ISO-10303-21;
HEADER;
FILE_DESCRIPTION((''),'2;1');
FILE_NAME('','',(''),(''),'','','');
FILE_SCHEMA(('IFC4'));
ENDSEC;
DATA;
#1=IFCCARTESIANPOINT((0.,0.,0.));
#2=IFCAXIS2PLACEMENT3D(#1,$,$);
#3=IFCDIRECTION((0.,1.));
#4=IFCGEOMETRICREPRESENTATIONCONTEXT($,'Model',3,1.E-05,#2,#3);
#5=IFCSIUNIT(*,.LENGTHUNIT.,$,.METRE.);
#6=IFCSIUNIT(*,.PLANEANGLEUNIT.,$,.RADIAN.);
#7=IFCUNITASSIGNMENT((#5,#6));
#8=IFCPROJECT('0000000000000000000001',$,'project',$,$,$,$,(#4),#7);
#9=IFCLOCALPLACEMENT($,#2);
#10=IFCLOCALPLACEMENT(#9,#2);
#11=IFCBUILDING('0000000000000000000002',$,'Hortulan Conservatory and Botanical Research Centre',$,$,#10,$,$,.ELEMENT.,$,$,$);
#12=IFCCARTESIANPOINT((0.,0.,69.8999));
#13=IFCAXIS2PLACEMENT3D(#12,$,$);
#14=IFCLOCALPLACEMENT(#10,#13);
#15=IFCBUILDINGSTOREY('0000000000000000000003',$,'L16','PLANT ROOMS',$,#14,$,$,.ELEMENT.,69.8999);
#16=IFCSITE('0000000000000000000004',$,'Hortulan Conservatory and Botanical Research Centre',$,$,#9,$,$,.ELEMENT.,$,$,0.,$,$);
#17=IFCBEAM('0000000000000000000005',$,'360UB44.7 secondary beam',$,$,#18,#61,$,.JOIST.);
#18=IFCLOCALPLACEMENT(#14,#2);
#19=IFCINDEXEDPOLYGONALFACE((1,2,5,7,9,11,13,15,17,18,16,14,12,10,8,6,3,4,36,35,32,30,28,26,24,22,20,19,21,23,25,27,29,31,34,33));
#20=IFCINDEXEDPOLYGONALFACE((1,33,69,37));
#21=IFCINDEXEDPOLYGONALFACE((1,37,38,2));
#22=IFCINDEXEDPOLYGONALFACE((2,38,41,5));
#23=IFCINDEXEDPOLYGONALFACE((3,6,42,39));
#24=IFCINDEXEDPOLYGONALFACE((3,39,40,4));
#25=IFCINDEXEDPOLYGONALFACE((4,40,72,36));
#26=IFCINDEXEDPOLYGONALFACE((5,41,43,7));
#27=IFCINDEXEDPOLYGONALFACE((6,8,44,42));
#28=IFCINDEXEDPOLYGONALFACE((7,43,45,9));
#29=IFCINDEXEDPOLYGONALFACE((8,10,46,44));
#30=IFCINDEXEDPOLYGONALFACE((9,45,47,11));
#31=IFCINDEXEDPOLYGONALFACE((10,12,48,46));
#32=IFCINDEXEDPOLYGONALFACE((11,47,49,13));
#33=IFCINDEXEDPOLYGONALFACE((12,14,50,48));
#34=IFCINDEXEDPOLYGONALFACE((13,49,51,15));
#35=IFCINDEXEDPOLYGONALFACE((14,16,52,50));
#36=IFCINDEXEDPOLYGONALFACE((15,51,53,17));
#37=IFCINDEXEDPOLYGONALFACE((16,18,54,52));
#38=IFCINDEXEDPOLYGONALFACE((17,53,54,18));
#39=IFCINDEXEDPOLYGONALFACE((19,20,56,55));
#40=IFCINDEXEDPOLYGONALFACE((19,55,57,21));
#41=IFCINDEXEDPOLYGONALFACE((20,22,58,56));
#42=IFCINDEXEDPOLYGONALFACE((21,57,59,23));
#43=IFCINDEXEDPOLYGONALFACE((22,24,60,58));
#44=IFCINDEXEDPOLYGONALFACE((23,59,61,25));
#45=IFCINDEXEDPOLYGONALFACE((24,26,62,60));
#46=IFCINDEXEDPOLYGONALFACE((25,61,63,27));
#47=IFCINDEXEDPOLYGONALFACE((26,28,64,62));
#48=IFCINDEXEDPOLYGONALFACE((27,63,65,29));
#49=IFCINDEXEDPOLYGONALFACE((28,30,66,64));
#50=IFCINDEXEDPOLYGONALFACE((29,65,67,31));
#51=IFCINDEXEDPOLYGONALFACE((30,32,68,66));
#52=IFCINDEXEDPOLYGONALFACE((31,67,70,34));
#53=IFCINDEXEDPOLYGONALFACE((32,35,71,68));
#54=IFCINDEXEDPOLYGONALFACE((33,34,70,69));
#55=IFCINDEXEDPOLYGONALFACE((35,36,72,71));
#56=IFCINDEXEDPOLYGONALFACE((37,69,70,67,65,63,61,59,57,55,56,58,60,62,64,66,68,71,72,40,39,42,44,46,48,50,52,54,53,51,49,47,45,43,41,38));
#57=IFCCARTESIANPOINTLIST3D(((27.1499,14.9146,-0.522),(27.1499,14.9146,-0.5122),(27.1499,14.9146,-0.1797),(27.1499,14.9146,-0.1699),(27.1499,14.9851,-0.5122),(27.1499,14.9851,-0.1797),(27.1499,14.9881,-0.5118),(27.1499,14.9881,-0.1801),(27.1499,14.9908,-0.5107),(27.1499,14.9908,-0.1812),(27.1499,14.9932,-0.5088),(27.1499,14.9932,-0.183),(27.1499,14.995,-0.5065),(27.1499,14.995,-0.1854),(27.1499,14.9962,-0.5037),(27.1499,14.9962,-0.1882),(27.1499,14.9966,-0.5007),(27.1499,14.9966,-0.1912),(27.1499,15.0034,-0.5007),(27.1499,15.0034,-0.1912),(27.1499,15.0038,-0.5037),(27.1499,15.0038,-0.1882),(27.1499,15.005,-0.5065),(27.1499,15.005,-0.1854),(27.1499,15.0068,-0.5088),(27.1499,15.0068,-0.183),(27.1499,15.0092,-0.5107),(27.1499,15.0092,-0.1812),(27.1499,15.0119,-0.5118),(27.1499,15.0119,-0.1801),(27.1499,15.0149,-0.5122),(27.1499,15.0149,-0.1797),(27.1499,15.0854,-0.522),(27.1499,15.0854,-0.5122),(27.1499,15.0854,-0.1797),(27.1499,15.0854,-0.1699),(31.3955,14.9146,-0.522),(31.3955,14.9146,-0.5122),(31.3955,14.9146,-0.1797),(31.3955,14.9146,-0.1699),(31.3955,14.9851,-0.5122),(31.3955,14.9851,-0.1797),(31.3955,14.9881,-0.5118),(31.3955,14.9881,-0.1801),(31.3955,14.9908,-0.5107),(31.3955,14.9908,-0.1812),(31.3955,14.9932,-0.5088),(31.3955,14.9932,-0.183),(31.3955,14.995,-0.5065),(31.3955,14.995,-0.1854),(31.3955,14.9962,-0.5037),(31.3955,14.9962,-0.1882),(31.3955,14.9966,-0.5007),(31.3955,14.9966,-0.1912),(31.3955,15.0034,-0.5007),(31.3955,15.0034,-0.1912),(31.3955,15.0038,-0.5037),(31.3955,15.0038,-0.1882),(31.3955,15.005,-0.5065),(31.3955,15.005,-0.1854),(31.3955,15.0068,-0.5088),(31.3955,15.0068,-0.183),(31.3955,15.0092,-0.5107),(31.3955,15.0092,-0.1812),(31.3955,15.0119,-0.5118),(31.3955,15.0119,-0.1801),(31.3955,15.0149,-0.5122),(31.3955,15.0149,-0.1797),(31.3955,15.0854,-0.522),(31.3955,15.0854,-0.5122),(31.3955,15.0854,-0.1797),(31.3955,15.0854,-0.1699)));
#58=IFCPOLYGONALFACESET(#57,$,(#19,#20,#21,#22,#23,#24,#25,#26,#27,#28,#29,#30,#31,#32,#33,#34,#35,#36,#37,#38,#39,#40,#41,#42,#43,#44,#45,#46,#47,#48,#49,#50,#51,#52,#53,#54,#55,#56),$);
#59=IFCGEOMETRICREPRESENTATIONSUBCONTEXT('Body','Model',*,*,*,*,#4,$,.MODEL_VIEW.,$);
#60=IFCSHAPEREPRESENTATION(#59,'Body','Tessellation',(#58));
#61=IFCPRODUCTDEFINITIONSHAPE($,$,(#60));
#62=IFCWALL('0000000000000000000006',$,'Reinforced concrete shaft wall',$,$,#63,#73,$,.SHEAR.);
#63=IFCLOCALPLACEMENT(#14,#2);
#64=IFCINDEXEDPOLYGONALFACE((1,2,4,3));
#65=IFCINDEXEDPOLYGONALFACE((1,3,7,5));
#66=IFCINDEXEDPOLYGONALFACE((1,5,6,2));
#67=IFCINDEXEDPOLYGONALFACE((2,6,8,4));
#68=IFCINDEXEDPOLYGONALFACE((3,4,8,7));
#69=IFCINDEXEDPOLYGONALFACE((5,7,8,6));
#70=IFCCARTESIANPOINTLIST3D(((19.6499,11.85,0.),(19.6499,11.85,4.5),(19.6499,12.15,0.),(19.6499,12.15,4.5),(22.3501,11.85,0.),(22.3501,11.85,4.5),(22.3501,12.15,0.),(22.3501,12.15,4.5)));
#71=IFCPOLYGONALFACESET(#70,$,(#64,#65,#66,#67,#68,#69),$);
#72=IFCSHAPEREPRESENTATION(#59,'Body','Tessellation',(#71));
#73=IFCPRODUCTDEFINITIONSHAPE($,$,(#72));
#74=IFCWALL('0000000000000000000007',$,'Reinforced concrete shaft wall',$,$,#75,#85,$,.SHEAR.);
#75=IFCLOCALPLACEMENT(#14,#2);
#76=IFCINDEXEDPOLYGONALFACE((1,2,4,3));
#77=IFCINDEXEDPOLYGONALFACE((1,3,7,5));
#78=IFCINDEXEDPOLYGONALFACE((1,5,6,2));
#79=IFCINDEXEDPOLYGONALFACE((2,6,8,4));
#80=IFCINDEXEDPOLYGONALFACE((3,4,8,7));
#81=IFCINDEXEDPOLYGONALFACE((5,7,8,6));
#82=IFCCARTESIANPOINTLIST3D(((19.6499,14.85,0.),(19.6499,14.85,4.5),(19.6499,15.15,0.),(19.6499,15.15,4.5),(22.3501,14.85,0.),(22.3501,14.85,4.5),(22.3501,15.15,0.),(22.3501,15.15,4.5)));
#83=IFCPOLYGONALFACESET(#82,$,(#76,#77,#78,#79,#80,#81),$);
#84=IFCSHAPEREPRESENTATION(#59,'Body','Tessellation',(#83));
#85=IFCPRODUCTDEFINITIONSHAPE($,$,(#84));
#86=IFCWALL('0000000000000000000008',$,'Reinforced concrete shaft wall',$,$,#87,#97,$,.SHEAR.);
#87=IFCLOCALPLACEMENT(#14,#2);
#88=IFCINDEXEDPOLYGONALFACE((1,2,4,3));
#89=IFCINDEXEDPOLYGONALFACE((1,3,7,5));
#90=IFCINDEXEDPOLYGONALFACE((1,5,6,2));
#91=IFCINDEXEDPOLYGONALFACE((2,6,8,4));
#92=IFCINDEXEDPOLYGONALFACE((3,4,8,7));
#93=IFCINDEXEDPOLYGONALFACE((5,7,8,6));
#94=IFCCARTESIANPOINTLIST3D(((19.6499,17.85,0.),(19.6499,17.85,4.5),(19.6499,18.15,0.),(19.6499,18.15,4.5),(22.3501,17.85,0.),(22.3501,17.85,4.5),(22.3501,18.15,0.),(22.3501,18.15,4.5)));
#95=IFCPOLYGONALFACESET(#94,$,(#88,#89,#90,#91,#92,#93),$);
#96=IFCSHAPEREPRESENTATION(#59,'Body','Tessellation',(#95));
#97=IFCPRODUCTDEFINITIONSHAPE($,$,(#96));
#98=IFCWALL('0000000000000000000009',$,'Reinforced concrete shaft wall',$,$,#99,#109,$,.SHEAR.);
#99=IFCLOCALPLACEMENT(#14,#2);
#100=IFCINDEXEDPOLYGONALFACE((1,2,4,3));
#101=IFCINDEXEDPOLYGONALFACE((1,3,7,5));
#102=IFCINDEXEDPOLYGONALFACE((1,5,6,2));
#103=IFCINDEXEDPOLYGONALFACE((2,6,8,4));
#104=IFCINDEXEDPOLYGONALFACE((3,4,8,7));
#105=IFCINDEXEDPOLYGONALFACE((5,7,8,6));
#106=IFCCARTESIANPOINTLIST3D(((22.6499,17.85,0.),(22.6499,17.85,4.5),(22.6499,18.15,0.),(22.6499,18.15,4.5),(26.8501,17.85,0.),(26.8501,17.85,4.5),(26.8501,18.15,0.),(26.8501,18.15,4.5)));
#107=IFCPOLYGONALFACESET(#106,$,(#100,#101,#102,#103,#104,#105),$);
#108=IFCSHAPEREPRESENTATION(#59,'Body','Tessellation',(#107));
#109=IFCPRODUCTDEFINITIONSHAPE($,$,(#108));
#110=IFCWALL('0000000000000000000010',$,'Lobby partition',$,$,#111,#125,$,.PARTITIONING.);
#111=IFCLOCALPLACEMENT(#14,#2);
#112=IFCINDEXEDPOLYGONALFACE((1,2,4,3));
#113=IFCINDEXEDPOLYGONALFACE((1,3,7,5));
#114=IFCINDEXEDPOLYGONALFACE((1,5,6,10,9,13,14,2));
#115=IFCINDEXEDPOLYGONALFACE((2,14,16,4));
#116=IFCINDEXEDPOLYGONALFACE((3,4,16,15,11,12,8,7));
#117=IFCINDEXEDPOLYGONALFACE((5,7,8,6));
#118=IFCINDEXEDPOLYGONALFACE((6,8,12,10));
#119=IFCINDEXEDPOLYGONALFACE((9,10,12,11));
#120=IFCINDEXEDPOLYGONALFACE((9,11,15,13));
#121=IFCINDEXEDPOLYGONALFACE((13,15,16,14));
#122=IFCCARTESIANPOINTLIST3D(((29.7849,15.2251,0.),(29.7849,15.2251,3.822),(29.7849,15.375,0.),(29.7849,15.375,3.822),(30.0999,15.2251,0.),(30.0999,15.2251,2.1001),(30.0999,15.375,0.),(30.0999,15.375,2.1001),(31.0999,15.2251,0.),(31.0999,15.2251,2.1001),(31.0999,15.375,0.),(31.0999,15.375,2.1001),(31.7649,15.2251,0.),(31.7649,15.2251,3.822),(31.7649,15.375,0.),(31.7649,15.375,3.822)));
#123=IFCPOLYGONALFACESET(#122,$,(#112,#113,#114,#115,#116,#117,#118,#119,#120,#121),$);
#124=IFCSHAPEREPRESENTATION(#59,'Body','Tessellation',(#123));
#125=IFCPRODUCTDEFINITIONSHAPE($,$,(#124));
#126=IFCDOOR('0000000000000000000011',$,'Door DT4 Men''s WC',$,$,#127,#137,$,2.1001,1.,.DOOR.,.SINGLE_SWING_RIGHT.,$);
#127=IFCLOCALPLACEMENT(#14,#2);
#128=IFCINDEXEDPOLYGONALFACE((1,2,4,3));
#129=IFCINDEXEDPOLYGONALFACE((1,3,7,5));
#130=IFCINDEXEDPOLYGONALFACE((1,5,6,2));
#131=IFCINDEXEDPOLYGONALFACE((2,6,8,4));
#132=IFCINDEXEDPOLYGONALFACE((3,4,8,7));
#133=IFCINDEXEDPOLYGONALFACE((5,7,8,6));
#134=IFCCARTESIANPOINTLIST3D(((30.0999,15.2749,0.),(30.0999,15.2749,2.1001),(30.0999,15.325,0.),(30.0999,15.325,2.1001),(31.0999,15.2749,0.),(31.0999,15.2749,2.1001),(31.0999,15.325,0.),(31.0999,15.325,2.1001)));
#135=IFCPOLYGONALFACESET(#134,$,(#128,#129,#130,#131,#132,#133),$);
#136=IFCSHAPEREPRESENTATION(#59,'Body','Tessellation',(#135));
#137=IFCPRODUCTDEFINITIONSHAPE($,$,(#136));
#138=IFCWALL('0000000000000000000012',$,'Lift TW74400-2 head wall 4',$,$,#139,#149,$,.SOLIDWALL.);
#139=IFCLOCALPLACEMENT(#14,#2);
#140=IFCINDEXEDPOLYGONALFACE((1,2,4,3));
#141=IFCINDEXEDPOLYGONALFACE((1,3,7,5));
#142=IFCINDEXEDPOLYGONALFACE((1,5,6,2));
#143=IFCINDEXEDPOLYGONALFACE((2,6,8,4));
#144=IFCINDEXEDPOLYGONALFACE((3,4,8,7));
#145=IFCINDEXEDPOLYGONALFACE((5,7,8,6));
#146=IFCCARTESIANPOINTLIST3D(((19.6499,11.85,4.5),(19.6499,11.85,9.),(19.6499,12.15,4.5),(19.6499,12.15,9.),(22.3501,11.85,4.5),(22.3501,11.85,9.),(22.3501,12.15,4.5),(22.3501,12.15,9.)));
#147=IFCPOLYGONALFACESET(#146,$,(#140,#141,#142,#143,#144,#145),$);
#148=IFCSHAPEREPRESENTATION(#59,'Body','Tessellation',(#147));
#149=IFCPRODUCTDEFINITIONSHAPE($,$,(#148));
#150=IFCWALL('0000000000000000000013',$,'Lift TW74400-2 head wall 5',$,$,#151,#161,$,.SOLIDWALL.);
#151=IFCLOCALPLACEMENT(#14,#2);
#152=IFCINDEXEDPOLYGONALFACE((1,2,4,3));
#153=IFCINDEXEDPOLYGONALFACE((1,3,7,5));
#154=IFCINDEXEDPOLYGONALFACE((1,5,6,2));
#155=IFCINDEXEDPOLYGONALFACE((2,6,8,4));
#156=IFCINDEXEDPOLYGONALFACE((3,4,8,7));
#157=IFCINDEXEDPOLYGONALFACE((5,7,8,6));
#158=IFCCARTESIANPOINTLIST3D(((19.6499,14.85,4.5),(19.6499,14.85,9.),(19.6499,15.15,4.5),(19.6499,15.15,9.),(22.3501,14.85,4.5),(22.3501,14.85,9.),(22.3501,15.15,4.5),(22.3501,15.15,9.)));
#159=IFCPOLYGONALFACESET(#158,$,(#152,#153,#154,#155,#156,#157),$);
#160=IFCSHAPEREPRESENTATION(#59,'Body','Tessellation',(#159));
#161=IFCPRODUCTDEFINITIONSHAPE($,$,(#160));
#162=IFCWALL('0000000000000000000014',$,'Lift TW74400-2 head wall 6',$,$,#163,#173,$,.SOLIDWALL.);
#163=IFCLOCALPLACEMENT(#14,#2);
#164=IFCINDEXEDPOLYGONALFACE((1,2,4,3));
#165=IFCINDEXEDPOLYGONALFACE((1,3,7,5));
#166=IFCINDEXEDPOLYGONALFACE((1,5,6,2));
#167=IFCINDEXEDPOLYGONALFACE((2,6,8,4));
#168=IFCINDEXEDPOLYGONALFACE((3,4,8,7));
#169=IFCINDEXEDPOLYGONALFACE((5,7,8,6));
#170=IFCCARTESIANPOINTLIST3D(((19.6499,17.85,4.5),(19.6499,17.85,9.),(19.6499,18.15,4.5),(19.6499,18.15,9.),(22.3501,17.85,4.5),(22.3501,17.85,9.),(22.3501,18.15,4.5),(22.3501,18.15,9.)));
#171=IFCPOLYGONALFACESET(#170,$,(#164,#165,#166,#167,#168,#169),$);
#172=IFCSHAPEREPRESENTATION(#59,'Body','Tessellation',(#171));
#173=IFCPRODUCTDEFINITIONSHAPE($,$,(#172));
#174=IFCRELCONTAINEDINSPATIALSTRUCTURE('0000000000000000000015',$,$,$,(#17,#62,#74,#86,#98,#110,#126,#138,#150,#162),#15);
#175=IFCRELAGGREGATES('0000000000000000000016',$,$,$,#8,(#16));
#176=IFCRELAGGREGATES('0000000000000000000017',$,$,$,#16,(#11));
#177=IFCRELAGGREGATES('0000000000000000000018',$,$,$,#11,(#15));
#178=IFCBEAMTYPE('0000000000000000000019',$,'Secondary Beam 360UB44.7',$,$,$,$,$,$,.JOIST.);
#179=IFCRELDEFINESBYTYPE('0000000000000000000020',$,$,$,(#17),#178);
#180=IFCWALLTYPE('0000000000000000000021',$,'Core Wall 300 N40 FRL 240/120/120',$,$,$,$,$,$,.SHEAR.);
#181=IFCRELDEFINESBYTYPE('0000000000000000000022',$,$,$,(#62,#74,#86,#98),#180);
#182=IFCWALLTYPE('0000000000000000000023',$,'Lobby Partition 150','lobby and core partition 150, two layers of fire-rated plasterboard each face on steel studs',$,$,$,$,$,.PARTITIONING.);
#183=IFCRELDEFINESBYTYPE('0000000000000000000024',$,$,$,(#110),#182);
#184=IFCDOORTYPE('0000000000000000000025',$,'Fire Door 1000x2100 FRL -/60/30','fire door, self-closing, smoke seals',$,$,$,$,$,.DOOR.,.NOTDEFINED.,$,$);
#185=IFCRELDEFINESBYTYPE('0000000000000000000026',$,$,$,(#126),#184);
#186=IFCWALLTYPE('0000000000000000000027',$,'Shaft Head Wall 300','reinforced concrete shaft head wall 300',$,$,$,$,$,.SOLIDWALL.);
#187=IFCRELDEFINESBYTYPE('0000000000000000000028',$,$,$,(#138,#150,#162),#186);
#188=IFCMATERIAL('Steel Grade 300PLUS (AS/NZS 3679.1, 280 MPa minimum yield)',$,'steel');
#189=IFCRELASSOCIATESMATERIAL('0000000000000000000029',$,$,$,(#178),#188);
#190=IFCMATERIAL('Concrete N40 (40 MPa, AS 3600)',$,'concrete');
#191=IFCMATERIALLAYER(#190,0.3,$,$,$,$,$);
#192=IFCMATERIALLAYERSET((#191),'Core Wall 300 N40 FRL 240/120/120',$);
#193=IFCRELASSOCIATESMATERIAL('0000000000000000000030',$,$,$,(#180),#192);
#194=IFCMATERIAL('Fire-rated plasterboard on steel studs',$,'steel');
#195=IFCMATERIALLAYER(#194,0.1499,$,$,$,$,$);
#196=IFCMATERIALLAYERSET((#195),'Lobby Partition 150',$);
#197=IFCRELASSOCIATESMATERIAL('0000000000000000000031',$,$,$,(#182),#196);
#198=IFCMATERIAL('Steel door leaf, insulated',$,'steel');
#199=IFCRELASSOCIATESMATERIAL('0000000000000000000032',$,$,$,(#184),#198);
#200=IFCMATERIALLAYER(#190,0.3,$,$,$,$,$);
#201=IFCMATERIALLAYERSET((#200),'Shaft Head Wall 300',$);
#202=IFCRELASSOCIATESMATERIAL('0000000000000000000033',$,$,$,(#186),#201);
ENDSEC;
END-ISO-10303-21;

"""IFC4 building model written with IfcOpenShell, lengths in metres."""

from ifc_helpers import new_model, si_unit, direction, frame, frame_2d, origin, origin_2d, place, context, subcontext, project, spatial, rectangle, i_section, extrude, material, layer, layer_set, material_profile, profile_set, type_object, element, fill, save


model = new_model("IFC4")

# Units and contexts
model_context = context("Model", 3, precision=1e-05, world=origin(), true_north=direction((0.0, 1.0)))
body_context = subcontext(model_context, "Body", "Model", "MODEL_VIEW")
ifc_project = project(units=[si_unit("LENGTHUNIT", "METRE"), si_unit("PLANEANGLEUNIT", "RADIAN")], contexts=[model_context])

# Site, building, storey
site_placement = place(None, origin())
site = spatial("IfcSite", under=ifc_project, at=site_placement, Name="Hortulan Conservatory and Botanical Research Centre", CompositionType="ELEMENT", RefElevation=0.0)
building_placement = place(site_placement, origin())
building = spatial("IfcBuilding", under=site, at=building_placement, Name="Hortulan Conservatory and Botanical Research Centre", CompositionType="ELEMENT")
storey_placement = place(building_placement, frame((0.0, 0.0, 69.8999)))
storey = spatial("IfcBuildingStorey", under=building, at=storey_placement, Name="L16", Description="PLANT ROOMS", CompositionType="ELEMENT", Elevation=69.8999)

# Shared definitions
ifc_material_1 = material(Name="Steel Grade 300PLUS (AS/NZS 3679.1, 280 MPa minimum yield)", Category="steel")

# Beam
ifc_material_profile_1 = material_profile(ifc_material_1, i_section(OverallWidth=0.1709, OverallDepth=0.3521, WebThickness=0.0068, FlangeThickness=0.0098, FilletRadius=0.0115, at=origin_2d()), Name="360UB44.7")
ifc_profile_set_1 = profile_set([ifc_material_profile_1], Name="Steel Grade 300PLUS (AS/NZS 3679.1, 280 MPa minimum yield)")
beam_type_1 = type_object("IfcBeamType", Name="Secondary Beam 360UB44.7", PredefinedType="JOIST", material=ifc_profile_set_1)
for number, where, z_axis, x_axis, name in (
    (1, (27.1499, 15.0, -0.3459), (1.0, 0.0, 0.0), (0.0, 1.0, 0.0), "360UB44.7 secondary beam"),
):
    element("IfcBeam", number, at=place(storey_placement, frame(where, z_axis=z_axis, x_axis=x_axis)), inside=storey, type_object=beam_type_1, Name=name, PredefinedType="JOIST", context=body_context, shape_type="SweptSolid", body=[
        extrude(i_section(OverallWidth=0.1709, OverallDepth=0.3521, WebThickness=0.0068, FlangeThickness=0.0098, FilletRadius=0.0115, at=origin_2d()), origin(), (0.0, 0.0, 1.0), 4.2456),
    ])

# Walls
ifc_material_2 = material(Name="Concrete N40 (40 MPa, AS 3600)", Category="concrete")
ifc_layer_1 = layer(ifc_material_2, 0.3)
ifc_layer_set_1 = layer_set([ifc_layer_1], Name="Core Wall 300 N40 FRL 240/120/120")
wall_type_1 = type_object("IfcWallType", Name="Core Wall 300 N40 FRL 240/120/120", PredefinedType="SHEAR", material=ifc_layer_set_1)
for number, where, z_axis, x_axis, name in (
    (2, (19.6499, 12.0, 0.0), (0.0, 0.0, 1.0), (1.0, 0.0, 0.0), "Reinforced concrete shaft wall"),
    (3, (19.6499, 15.0, 0.0), (0.0, 0.0, 1.0), (1.0, 0.0, 0.0), "Reinforced concrete shaft wall"),
    (4, (19.6499, 18.0, 0.0), (0.0, 0.0, 1.0), (1.0, 0.0, 0.0), "Reinforced concrete shaft wall"),
):
    element("IfcWall", number, at=place(storey_placement, frame(where, z_axis=z_axis, x_axis=x_axis)), inside=storey, type_object=wall_type_1, Name=name, PredefinedType="SHEAR", context=body_context, shape_type="SweptSolid", body=[
        extrude(rectangle(XDim=2.7002, YDim=0.3, at=frame_2d((1.3501, 0.0))), origin(), (0.0, 0.0, 1.0), 4.5),
    ])
wall_1_placement = place(storey_placement, frame((22.6499, 18.0, 0.0), z_axis=(0.0, 0.0, 1.0), x_axis=(1.0, 0.0, 0.0)))
element("IfcWall", 5, at=wall_1_placement, inside=storey, type_object=wall_type_1, Name="Reinforced concrete shaft wall", PredefinedType="SHEAR", context=body_context, shape_type="SweptSolid", body=[
    extrude(rectangle(XDim=4.2002, YDim=0.3, at=frame_2d((2.1001, 0.0))), origin(), (0.0, 0.0, 1.0), 4.5),
])

# Wall, opening, door
ifc_material_3 = material(Name="Fire-rated plasterboard on steel studs", Category="steel")
ifc_layer_2 = layer(ifc_material_3, 0.1499)
ifc_layer_set_2 = layer_set([ifc_layer_2], Name="Lobby Partition 150")
wall_type_2 = type_object("IfcWallType", Name="Lobby Partition 150", Description="lobby and core partition 150, two layers of fire-rated plasterboard each face on steel studs", PredefinedType="PARTITIONING", material=ifc_layer_set_2)
wall_2_placement = place(storey_placement, frame((29.7849, 15.3, 0.0), z_axis=(0.0, 0.0, 1.0), x_axis=(1.0, 0.0, 0.0)))
wall_2 = element("IfcWall", 6, at=wall_2_placement, inside=storey, type_object=wall_type_2, Name="Lobby partition", PredefinedType="PARTITIONING", context=body_context, shape_type="SweptSolid", body=[
    extrude(rectangle(XDim=1.98, YDim=0.1499, at=frame_2d((0.99, 0.0))), origin(), (0.0, 0.0, 1.0), 3.822),
])
opening_1_placement = place(wall_2_placement, frame((0.3149, 0.0, 0.0)))
opening_1 = element("IfcOpeningElement", 7, at=opening_1_placement, cuts=wall_2, PredefinedType="OPENING", context=body_context, shape_type="SweptSolid", body=[
    extrude(rectangle(XDim=1.0, YDim=2.1001, at=frame_2d((0.5, 1.05))), frame((0.0, 0.085, 0.0), z_axis=(0.0, -1.0, 0.0), x_axis=(1.0, 0.0, 0.0)), (0.0, 0.0, 1.0), 0.1699),
])
ifc_material_4 = material(Name="Steel door leaf, insulated", Category="steel")
door_type = type_object("IfcDoorType", Name="Fire Door 1000x2100 FRL -/60/30", Description="fire door, self-closing, smoke seals", OperationType="NOTDEFINED", PredefinedType="DOOR", material=ifc_material_4)
door_placement = place(opening_1_placement, origin())
door = element("IfcDoor", 8, at=door_placement, inside=storey, type_object=door_type, Name="Door DT4 Men's WC", OperationType="SINGLE_SWING_RIGHT", OverallHeight=2.1001, OverallWidth=1.0, PredefinedType="DOOR", context=body_context, shape_type="SweptSolid", body=[
    extrude(rectangle(XDim=1.0, YDim=2.1001, at=frame_2d((0.5, 1.05))), frame((0.0, 0.0249, 0.0), z_axis=(0.0, -1.0, 0.0), x_axis=(1.0, 0.0, 0.0)), (0.0, 0.0, 1.0), 0.05),
])
fill(opening_1, door)

# Walls
ifc_layer_3 = layer(ifc_material_2, 0.3)
ifc_layer_set_3 = layer_set([ifc_layer_3], Name="Shaft Head Wall 300")
wall_type_3 = type_object("IfcWallType", Name="Shaft Head Wall 300", Description="reinforced concrete shaft head wall 300", PredefinedType="SOLIDWALL", material=ifc_layer_set_3)
for number, where, z_axis, x_axis, name in (
    (9, (19.6499, 12.0, 4.5), (0.0, 0.0, 1.0), (1.0, 0.0, 0.0), "Lift TW74400-2 head wall 4"),
    (10, (19.6499, 15.0, 4.5), (0.0, 0.0, 1.0), (1.0, 0.0, 0.0), "Lift TW74400-2 head wall 5"),
    (11, (19.6499, 18.0, 4.5), (0.0, 0.0, 1.0), (1.0, 0.0, 0.0), "Lift TW74400-2 head wall 6"),
):
    element("IfcWall", number, at=place(storey_placement, frame(where, z_axis=z_axis, x_axis=x_axis)), inside=storey, type_object=wall_type_3, Name=name, PredefinedType="SOLIDWALL", context=body_context, shape_type="SweptSolid", body=[
        extrude(rectangle(XDim=2.7002, YDim=0.3, at=frame_2d((1.3501, 0.0))), origin(), (0.0, 0.0, 1.0), 4.5),
    ])

save(model, "model.ifc")
